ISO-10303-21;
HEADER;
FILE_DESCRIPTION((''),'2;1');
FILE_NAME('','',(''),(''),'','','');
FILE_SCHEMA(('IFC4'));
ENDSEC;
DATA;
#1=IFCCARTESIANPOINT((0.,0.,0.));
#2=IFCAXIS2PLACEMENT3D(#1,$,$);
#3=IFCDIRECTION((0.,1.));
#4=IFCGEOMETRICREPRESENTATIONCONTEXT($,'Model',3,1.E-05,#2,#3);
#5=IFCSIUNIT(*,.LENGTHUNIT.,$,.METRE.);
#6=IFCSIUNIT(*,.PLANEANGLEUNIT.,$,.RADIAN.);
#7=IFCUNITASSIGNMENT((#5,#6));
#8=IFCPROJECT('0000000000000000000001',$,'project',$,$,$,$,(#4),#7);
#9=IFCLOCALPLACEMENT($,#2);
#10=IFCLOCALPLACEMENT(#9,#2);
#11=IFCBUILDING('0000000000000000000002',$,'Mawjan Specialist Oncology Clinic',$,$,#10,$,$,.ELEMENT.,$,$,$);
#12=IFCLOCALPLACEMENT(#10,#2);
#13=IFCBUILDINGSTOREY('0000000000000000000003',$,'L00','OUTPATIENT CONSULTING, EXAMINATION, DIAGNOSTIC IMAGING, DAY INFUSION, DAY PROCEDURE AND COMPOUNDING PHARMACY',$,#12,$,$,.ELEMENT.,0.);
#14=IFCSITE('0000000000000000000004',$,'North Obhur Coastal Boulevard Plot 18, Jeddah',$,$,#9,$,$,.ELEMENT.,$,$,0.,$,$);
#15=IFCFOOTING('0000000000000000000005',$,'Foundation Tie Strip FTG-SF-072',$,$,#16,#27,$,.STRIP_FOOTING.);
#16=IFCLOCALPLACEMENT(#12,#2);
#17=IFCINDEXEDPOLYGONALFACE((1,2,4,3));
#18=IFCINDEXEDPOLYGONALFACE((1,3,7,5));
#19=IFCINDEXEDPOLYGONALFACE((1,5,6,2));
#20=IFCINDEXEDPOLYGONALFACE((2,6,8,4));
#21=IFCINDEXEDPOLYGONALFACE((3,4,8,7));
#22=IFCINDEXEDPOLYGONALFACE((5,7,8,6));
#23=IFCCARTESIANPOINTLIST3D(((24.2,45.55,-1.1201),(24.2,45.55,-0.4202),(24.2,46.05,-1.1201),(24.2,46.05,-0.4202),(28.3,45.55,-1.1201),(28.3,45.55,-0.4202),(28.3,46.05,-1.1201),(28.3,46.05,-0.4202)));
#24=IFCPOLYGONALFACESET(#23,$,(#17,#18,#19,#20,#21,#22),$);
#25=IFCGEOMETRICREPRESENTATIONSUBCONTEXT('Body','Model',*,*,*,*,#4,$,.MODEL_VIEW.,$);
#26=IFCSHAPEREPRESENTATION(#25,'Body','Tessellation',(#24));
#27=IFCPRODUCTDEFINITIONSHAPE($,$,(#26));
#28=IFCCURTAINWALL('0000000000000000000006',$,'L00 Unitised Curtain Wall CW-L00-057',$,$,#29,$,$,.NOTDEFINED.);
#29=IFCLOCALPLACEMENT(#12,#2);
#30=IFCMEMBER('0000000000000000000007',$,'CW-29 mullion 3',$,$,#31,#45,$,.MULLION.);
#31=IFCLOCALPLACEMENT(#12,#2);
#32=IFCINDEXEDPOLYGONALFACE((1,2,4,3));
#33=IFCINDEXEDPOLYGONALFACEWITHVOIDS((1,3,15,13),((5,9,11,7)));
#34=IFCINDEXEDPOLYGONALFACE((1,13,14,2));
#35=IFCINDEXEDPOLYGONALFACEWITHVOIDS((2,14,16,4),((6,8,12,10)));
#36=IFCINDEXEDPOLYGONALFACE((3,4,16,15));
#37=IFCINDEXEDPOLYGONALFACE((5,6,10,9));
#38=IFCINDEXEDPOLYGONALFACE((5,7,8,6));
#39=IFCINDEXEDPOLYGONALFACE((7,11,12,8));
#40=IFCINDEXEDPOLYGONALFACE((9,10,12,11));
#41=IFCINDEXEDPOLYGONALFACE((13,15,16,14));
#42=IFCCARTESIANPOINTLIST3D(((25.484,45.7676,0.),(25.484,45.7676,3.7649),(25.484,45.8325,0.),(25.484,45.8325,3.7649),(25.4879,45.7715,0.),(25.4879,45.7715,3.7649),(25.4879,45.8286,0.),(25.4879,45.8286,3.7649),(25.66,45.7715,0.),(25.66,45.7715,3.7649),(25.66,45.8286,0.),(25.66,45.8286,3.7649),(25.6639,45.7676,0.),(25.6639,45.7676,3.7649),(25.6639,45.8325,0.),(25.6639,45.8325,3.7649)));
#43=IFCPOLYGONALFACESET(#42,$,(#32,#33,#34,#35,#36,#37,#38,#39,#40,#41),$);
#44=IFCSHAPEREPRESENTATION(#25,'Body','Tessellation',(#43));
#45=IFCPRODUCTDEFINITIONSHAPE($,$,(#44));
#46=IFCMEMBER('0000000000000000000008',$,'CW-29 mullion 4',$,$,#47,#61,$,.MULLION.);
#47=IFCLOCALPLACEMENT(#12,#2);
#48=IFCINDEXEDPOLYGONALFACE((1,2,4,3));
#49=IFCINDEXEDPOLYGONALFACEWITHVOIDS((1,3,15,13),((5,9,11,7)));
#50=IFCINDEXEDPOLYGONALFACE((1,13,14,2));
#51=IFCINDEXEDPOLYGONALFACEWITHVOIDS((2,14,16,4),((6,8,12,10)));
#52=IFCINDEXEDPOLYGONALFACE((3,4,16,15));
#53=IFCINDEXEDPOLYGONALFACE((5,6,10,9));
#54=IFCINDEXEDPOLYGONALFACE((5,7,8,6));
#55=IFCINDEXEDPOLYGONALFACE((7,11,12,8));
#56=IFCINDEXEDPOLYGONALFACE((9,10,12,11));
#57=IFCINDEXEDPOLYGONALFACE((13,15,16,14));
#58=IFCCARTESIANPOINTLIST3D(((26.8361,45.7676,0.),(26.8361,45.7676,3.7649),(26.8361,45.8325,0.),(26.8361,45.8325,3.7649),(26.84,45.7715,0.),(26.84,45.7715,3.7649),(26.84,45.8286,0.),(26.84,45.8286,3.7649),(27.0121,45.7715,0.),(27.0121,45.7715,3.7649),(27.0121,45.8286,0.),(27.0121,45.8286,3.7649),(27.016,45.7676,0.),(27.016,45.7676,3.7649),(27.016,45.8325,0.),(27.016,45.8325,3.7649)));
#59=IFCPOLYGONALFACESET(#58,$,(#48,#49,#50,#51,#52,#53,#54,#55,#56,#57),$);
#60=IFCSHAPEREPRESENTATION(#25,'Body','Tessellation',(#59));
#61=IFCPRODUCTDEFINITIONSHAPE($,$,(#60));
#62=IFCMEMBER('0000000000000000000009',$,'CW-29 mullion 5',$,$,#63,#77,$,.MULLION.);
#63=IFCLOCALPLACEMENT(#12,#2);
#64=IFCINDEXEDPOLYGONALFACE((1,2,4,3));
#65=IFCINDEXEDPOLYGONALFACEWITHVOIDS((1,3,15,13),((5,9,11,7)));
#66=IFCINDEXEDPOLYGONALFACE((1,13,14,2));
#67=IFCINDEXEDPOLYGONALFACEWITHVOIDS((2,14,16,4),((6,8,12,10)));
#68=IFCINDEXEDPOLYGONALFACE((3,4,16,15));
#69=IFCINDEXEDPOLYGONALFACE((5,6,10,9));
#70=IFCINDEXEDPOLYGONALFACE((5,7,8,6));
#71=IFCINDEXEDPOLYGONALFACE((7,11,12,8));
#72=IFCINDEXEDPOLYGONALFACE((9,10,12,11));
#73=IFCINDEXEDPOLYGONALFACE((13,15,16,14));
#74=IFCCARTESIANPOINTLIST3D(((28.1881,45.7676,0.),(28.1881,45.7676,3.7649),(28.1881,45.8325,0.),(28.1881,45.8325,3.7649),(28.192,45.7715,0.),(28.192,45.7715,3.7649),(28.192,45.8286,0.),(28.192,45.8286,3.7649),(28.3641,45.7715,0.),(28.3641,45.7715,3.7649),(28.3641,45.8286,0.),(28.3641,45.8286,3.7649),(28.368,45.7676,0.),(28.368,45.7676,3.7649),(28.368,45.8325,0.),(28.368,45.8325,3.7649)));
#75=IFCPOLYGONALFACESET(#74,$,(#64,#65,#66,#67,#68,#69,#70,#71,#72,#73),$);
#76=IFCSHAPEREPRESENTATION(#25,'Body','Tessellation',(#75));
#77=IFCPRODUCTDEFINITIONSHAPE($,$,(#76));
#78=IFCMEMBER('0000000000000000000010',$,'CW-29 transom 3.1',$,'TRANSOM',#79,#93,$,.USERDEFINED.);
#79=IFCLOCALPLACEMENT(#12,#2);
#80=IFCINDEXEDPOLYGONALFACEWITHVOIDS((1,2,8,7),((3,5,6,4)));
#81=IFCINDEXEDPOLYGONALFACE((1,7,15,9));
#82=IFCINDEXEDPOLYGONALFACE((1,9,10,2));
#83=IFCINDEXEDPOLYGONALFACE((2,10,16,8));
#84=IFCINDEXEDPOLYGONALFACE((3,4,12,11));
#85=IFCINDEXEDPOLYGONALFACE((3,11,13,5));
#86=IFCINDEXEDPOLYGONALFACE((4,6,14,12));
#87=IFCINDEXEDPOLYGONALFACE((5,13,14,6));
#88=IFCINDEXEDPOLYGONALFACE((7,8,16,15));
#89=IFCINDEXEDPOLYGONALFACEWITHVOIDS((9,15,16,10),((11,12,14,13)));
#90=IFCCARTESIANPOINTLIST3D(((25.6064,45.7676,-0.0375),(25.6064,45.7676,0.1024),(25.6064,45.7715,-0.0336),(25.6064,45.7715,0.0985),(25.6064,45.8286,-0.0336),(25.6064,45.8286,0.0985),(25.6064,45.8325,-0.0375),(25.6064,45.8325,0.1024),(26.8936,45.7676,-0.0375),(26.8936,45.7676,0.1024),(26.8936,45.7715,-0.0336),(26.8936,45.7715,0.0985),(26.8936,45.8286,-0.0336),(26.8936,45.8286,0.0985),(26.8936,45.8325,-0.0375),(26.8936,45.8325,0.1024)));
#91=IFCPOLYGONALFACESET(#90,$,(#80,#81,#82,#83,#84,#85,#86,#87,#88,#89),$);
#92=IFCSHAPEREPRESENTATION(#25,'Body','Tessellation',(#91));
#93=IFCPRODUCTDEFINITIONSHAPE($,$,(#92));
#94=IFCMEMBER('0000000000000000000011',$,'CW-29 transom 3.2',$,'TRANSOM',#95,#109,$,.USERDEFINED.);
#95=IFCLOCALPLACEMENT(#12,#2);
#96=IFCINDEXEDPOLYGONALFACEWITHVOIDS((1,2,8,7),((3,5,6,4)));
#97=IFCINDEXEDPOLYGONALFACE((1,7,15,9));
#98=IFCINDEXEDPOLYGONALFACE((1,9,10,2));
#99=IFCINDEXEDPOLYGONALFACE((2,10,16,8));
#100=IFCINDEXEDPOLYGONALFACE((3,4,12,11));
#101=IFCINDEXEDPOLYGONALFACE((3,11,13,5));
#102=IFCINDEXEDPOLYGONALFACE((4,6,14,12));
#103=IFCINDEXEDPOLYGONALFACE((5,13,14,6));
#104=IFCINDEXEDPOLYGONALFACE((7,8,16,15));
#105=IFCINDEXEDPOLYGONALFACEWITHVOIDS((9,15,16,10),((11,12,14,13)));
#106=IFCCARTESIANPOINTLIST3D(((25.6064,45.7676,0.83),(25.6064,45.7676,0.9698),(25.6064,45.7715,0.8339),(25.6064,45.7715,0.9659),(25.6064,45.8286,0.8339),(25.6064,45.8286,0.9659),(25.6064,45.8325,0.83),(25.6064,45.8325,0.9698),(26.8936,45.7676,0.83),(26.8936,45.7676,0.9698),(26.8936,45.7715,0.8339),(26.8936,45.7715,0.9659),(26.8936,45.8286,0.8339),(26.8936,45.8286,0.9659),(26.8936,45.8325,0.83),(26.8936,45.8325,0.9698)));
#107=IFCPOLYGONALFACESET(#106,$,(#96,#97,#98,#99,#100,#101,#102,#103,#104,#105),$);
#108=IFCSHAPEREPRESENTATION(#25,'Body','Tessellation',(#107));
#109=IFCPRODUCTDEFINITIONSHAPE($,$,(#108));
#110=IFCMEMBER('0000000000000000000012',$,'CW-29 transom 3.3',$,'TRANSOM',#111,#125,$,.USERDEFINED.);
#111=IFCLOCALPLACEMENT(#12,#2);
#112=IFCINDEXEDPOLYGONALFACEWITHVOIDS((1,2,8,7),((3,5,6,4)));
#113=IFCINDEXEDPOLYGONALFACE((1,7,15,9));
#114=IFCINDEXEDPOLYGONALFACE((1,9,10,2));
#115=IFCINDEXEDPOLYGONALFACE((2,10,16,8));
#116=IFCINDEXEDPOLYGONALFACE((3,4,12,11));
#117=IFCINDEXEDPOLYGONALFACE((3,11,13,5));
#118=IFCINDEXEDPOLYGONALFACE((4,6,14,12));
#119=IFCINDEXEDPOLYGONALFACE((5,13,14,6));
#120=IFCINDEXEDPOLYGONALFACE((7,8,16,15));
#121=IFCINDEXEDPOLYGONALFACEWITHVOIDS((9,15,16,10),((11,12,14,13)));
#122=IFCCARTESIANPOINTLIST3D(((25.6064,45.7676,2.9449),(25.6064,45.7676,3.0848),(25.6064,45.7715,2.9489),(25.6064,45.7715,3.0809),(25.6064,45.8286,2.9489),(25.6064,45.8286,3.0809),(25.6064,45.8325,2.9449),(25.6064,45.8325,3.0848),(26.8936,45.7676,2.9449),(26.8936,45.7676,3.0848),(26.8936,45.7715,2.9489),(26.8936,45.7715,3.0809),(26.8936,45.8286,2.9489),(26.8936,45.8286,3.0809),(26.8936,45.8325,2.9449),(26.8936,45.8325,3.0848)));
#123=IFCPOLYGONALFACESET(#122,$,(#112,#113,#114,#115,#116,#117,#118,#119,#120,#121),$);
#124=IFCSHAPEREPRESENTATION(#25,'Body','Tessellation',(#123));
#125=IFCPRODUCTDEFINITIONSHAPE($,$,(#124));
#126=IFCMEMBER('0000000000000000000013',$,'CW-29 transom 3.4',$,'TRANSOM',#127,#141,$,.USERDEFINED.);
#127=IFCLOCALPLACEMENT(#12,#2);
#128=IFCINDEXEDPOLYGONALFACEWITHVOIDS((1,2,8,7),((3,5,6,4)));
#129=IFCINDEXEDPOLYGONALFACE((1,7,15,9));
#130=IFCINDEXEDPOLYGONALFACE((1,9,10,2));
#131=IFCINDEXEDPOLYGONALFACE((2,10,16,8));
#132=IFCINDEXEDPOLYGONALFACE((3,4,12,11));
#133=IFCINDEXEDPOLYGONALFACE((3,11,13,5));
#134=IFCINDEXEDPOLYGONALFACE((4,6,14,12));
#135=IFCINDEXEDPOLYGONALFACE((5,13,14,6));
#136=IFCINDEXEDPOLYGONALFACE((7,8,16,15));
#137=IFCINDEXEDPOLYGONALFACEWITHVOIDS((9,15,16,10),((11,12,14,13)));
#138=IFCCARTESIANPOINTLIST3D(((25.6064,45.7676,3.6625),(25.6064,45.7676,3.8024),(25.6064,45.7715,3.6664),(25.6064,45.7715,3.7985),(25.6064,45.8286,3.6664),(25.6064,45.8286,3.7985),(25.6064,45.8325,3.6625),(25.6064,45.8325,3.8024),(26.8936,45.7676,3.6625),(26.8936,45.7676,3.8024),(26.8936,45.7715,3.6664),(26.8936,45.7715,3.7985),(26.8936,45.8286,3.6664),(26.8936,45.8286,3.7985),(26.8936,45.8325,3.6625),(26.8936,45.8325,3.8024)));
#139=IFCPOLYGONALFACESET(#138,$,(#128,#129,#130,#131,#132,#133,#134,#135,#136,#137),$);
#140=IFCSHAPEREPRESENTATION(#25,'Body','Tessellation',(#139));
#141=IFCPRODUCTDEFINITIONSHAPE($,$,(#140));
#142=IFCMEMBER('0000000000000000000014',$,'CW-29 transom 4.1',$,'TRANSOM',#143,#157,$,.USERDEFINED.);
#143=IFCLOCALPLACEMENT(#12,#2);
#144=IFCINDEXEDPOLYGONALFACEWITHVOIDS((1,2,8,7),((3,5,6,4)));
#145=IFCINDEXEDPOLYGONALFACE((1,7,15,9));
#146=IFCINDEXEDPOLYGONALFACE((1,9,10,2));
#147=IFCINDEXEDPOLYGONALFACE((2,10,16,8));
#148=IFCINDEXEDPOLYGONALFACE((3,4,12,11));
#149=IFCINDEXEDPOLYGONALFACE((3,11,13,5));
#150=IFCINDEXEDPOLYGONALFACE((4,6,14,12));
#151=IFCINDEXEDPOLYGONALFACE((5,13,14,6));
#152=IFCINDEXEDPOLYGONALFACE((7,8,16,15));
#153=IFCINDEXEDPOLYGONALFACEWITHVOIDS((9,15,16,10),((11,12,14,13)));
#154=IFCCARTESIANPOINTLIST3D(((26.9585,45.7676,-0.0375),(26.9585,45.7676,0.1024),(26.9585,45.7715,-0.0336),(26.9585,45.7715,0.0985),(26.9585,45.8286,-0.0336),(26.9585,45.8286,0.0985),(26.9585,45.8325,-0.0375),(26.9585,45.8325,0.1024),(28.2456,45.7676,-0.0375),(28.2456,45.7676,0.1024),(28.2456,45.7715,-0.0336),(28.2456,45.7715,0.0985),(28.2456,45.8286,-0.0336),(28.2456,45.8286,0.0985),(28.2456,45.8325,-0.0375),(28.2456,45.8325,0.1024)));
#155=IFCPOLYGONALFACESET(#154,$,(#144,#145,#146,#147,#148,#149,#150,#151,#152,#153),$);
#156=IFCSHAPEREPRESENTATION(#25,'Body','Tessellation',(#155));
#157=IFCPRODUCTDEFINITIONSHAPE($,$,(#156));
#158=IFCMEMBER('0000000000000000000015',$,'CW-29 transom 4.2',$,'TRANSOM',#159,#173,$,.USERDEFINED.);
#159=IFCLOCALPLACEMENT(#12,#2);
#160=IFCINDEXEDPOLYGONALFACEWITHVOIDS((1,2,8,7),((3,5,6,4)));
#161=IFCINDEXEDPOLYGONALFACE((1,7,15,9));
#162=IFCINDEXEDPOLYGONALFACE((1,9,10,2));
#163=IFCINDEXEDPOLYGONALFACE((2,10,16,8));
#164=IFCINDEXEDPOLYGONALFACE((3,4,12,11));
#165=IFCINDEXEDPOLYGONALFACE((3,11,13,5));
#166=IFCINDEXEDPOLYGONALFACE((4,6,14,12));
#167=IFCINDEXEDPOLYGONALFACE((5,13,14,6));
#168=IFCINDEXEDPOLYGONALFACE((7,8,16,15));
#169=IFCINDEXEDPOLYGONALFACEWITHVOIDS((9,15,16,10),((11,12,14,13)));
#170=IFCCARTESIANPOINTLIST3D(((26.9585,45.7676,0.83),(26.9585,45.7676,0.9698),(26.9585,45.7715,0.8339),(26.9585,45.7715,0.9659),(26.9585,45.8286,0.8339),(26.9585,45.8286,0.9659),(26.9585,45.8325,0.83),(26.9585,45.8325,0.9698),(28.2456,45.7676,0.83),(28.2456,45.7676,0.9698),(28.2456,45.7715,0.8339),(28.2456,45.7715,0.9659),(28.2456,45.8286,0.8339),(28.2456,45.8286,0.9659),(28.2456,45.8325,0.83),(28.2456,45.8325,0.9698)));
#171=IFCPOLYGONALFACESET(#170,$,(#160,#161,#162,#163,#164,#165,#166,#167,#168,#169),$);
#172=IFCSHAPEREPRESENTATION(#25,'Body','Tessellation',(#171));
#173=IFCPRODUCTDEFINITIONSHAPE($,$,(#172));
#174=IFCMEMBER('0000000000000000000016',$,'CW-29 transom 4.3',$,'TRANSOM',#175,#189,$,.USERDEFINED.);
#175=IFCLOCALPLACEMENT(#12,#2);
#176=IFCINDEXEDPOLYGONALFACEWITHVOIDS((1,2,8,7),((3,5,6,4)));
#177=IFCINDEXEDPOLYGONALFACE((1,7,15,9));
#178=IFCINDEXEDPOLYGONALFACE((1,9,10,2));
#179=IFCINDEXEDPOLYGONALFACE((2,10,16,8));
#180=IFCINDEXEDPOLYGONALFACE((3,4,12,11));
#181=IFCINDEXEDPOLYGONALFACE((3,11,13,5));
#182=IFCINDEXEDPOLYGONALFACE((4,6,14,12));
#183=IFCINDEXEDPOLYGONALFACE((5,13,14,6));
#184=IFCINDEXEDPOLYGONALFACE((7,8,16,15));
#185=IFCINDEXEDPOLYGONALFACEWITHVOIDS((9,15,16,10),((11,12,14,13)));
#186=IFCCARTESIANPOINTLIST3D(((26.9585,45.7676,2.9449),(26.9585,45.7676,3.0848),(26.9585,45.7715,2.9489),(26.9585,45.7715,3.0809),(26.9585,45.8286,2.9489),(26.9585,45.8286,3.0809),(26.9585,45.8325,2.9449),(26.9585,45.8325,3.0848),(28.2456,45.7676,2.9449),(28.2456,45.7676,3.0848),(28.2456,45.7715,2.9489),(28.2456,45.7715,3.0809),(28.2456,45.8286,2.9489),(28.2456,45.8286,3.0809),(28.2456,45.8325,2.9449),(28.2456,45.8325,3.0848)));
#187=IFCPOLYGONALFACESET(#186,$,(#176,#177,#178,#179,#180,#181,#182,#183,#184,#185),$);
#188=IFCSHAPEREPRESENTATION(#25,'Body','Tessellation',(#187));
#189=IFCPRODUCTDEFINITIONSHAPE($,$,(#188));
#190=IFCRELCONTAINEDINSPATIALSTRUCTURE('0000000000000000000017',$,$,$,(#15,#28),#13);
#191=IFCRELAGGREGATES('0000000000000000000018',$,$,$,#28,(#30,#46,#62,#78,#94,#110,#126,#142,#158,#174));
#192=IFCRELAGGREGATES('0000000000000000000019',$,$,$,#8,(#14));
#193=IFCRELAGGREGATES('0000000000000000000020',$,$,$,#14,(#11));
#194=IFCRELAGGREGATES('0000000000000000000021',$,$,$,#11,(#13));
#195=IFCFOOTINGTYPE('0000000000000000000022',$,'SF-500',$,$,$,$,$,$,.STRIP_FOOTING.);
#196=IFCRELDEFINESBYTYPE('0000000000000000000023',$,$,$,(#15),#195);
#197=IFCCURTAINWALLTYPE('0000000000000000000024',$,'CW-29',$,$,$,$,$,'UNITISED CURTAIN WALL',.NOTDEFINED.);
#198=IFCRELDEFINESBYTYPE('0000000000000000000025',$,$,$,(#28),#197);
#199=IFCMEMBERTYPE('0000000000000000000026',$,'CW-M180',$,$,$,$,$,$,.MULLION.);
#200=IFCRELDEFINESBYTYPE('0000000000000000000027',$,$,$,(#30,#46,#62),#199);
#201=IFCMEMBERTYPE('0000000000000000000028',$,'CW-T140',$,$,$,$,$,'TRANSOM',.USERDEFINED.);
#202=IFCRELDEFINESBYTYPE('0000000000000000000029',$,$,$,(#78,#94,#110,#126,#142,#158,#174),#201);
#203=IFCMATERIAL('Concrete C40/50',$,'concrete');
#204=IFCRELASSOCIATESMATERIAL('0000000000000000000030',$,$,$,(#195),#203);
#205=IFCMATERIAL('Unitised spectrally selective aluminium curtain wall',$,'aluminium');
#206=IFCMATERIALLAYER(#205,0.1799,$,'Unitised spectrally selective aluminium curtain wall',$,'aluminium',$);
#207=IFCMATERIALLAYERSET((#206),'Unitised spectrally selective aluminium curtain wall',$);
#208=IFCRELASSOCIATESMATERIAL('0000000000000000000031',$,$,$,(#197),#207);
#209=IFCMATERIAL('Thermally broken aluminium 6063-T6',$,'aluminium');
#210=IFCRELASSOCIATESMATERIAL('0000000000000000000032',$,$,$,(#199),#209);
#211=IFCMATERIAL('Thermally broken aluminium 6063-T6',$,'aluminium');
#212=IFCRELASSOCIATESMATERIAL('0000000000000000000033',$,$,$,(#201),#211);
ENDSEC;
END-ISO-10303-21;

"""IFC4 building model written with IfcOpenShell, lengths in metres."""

from ifc_helpers import new_model, si_unit, direction, frame, origin, origin_2d, place, context, subcontext, project, spatial, rectangle, hollow_rectangle, extrude, material, layer, layer_set, material_profile, profile_set, type_object, element, aggregate, save


model = new_model("IFC4")

# Units and contexts
model_context = context("Model", 3, precision=1e-05, world=origin(), true_north=direction((0.0, 1.0)))
body_context = subcontext(model_context, "Body", "Model", "MODEL_VIEW")
ifc_project = project(units=[si_unit("LENGTHUNIT", "METRE"), si_unit("PLANEANGLEUNIT", "RADIAN")], contexts=[model_context])

# Site, building, storey
site_placement = place(None, origin())
site = spatial("IfcSite", under=ifc_project, at=site_placement, Name="North Obhur Coastal Boulevard Plot 18, Jeddah", CompositionType="ELEMENT", RefElevation=0.0)
building_placement = place(site_placement, origin())
building = spatial("IfcBuilding", under=site, at=building_placement, Name="Mawjan Specialist Oncology Clinic", CompositionType="ELEMENT")
storey_placement = place(building_placement, origin())
storey = spatial("IfcBuildingStorey", under=building, at=storey_placement, Name="L00", Description="OUTPATIENT CONSULTING, EXAMINATION, DIAGNOSTIC IMAGING, DAY INFUSION, DAY PROCEDURE AND COMPOUNDING PHARMACY", CompositionType="ELEMENT", Elevation=0.0)

# Footing
ifc_material_1 = material(Name="Concrete C40/50", Category="concrete")
footing_type = type_object("IfcFootingType", Name="SF-500", PredefinedType="STRIP_FOOTING", material=ifc_material_1)
footing_placement = place(storey_placement, frame((26.25, 45.8, -1.1201), z_axis=(0.0, 0.0, 1.0), x_axis=(1.0, 0.0, 0.0)))
element("IfcFooting", 1, at=footing_placement, inside=storey, type_object=footing_type, Name="Foundation Tie Strip FTG-SF-072", PredefinedType="STRIP_FOOTING", context=body_context, shape_type="SweptSolid", body=[
    extrude(rectangle(XDim=4.1001, YDim=0.5, at=origin_2d()), origin(), (0.0, 0.0, 1.0), 0.7),
])

# Curtain wall, members
ifc_material_2 = material(Name="Unitised spectrally selective aluminium curtain wall", Category="aluminium")
ifc_layer_1 = layer(ifc_material_2, 0.1799, Name="Unitised spectrally selective aluminium curtain wall", Category="aluminium")
ifc_layer_set_1 = layer_set([ifc_layer_1], Name="Unitised spectrally selective aluminium curtain wall")
curtain_wall_type = type_object("IfcCurtainWallType", Name="CW-29", ElementType="UNITISED CURTAIN WALL", PredefinedType="NOTDEFINED", material=ifc_layer_set_1)
curtain_wall_placement = place(storey_placement, origin())
curtain_wall = element("IfcCurtainWall", 2, at=curtain_wall_placement, inside=storey, type_object=curtain_wall_type, Name="L00 Unitised Curtain Wall CW-L00-057", PredefinedType="NOTDEFINED")
ifc_material_3 = material(Name="Thermally broken aluminium 6063-T6", Category="aluminium")
ifc_material_profile_1 = material_profile(ifc_material_3, hollow_rectangle(XDim=0.0649, YDim=0.1799, WallThickness=0.0039, at=origin_2d()), Name="ALU MULLION 180x65x4", Category="aluminium")
ifc_profile_set_1 = profile_set([ifc_material_profile_1], Name="Thermally broken aluminium 6063-T6")
member_type_1 = type_object("IfcMemberType", Name="CW-M180", PredefinedType="MULLION", material=ifc_profile_set_1)
member_1_placement = place(storey_placement, frame((25.574, 45.8, 0.0), z_axis=(0.0, 0.0, 1.0), x_axis=(0.0, 1.0, 0.0)))
member_1 = element("IfcMember", 3, at=member_1_placement, type_object=member_type_1, Name="CW-29 mullion 3", PredefinedType="MULLION", context=body_context, shape_type="SweptSolid", body=[
    extrude(hollow_rectangle(XDim=0.0649, YDim=0.1799, WallThickness=0.0039, at=origin_2d()), origin(), (0.0, 0.0, 1.0), 3.7649),
])
member_2_placement = place(storey_placement, frame((26.926, 45.8, 0.0), z_axis=(0.0, 0.0, 1.0), x_axis=(0.0, 1.0, 0.0)))
member_2 = element("IfcMember", 4, at=member_2_placement, type_object=member_type_1, Name="CW-29 mullion 4", PredefinedType="MULLION", context=body_context, shape_type="SweptSolid", body=[
    extrude(hollow_rectangle(XDim=0.0649, YDim=0.1799, WallThickness=0.0039, at=origin_2d()), origin(), (0.0, 0.0, 1.0), 3.7649),
])
member_3_placement = place(storey_placement, frame((28.2781, 45.8, 0.0), z_axis=(0.0, 0.0, 1.0), x_axis=(0.0, 1.0, 0.0)))
member_3 = element("IfcMember", 5, at=member_3_placement, type_object=member_type_1, Name="CW-29 mullion 5", PredefinedType="MULLION", context=body_context, shape_type="SweptSolid", body=[
    extrude(hollow_rectangle(XDim=0.0649, YDim=0.1799, WallThickness=0.0039, at=origin_2d()), origin(), (0.0, 0.0, 1.0), 3.7649),
])
ifc_material_4 = material(Name="Thermally broken aluminium 6063-T6", Category="aluminium")
ifc_material_profile_2 = material_profile(ifc_material_4, hollow_rectangle(XDim=0.0649, YDim=0.1399, WallThickness=0.0039, at=origin_2d()), Name="ALU TRANSOM 140x65x4", Category="aluminium")
ifc_profile_set_2 = profile_set([ifc_material_profile_2], Name="Thermally broken aluminium 6063-T6")
member_type_2 = type_object("IfcMemberType", Name="CW-T140", ElementType="TRANSOM", PredefinedType="USERDEFINED", material=ifc_profile_set_2)
member_4_placement = place(storey_placement, frame((25.6064, 45.8, 0.0325), z_axis=(1.0, 0.0, 0.0), x_axis=(0.0, 1.0, 0.0)))
member_4 = element("IfcMember", 6, at=member_4_placement, type_object=member_type_2, Name="CW-29 transom 3.1", ObjectType="TRANSOM", PredefinedType="USERDEFINED", context=body_context, shape_type="SweptSolid", body=[
    extrude(hollow_rectangle(XDim=0.0649, YDim=0.1399, WallThickness=0.0039, at=origin_2d()), origin(), (0.0, 0.0, 1.0), 1.2871),
])
member_5_placement = place(storey_placement, frame((25.6064, 45.8, 0.8999), z_axis=(1.0, 0.0, 0.0), x_axis=(0.0, 1.0, 0.0)))
member_5 = element("IfcMember", 7, at=member_5_placement, type_object=member_type_2, Name="CW-29 transom 3.2", ObjectType="TRANSOM", PredefinedType="USERDEFINED", context=body_context, shape_type="SweptSolid", body=[
    extrude(hollow_rectangle(XDim=0.0649, YDim=0.1399, WallThickness=0.0039, at=origin_2d()), origin(), (0.0, 0.0, 1.0), 1.2871),
])
member_6_placement = place(storey_placement, frame((25.6064, 45.8, 3.0149), z_axis=(1.0, 0.0, 0.0), x_axis=(0.0, 1.0, 0.0)))
member_6 = element("IfcMember", 8, at=member_6_placement, type_object=member_type_2, Name="CW-29 transom 3.3", ObjectType="TRANSOM", PredefinedType="USERDEFINED", context=body_context, shape_type="SweptSolid", body=[
    extrude(hollow_rectangle(XDim=0.0649, YDim=0.1399, WallThickness=0.0039, at=origin_2d()), origin(), (0.0, 0.0, 1.0), 1.2871),
])
member_7_placement = place(storey_placement, frame((25.6064, 45.8, 3.7324), z_axis=(1.0, 0.0, 0.0), x_axis=(0.0, 1.0, 0.0)))
member_7 = element("IfcMember", 9, at=member_7_placement, type_object=member_type_2, Name="CW-29 transom 3.4", ObjectType="TRANSOM", PredefinedType="USERDEFINED", context=body_context, shape_type="SweptSolid", body=[
    extrude(hollow_rectangle(XDim=0.0649, YDim=0.1399, WallThickness=0.0039, at=origin_2d()), origin(), (0.0, 0.0, 1.0), 1.2871),
])
member_8_placement = place(storey_placement, frame((26.9585, 45.8, 0.0325), z_axis=(1.0, 0.0, 0.0), x_axis=(0.0, 1.0, 0.0)))
member_8 = element("IfcMember", 10, at=member_8_placement, type_object=member_type_2, Name="CW-29 transom 4.1", ObjectType="TRANSOM", PredefinedType="USERDEFINED", context=body_context, shape_type="SweptSolid", body=[
    extrude(hollow_rectangle(XDim=0.0649, YDim=0.1399, WallThickness=0.0039, at=origin_2d()), origin(), (0.0, 0.0, 1.0), 1.2871),
])
member_9_placement = place(storey_placement, frame((26.9585, 45.8, 0.8999), z_axis=(1.0, 0.0, 0.0), x_axis=(0.0, 1.0, 0.0)))
member_9 = element("IfcMember", 11, at=member_9_placement, type_object=member_type_2, Name="CW-29 transom 4.2", ObjectType="TRANSOM", PredefinedType="USERDEFINED", context=body_context, shape_type="SweptSolid", body=[
    extrude(hollow_rectangle(XDim=0.0649, YDim=0.1399, WallThickness=0.0039, at=origin_2d()), origin(), (0.0, 0.0, 1.0), 1.2871),
])
member_10_placement = place(storey_placement, frame((26.9585, 45.8, 3.0149), z_axis=(1.0, 0.0, 0.0), x_axis=(0.0, 1.0, 0.0)))
member_10 = element("IfcMember", 12, at=member_10_placement, type_object=member_type_2, Name="CW-29 transom 4.3", ObjectType="TRANSOM", PredefinedType="USERDEFINED", context=body_context, shape_type="SweptSolid", body=[
    extrude(hollow_rectangle(XDim=0.0649, YDim=0.1399, WallThickness=0.0039, at=origin_2d()), origin(), (0.0, 0.0, 1.0), 1.2871),
])
aggregate(curtain_wall, [member_1, member_2, member_3, member_4, member_5, member_6, member_7, member_8, member_9, member_10])

save(model, "model.ifc")
